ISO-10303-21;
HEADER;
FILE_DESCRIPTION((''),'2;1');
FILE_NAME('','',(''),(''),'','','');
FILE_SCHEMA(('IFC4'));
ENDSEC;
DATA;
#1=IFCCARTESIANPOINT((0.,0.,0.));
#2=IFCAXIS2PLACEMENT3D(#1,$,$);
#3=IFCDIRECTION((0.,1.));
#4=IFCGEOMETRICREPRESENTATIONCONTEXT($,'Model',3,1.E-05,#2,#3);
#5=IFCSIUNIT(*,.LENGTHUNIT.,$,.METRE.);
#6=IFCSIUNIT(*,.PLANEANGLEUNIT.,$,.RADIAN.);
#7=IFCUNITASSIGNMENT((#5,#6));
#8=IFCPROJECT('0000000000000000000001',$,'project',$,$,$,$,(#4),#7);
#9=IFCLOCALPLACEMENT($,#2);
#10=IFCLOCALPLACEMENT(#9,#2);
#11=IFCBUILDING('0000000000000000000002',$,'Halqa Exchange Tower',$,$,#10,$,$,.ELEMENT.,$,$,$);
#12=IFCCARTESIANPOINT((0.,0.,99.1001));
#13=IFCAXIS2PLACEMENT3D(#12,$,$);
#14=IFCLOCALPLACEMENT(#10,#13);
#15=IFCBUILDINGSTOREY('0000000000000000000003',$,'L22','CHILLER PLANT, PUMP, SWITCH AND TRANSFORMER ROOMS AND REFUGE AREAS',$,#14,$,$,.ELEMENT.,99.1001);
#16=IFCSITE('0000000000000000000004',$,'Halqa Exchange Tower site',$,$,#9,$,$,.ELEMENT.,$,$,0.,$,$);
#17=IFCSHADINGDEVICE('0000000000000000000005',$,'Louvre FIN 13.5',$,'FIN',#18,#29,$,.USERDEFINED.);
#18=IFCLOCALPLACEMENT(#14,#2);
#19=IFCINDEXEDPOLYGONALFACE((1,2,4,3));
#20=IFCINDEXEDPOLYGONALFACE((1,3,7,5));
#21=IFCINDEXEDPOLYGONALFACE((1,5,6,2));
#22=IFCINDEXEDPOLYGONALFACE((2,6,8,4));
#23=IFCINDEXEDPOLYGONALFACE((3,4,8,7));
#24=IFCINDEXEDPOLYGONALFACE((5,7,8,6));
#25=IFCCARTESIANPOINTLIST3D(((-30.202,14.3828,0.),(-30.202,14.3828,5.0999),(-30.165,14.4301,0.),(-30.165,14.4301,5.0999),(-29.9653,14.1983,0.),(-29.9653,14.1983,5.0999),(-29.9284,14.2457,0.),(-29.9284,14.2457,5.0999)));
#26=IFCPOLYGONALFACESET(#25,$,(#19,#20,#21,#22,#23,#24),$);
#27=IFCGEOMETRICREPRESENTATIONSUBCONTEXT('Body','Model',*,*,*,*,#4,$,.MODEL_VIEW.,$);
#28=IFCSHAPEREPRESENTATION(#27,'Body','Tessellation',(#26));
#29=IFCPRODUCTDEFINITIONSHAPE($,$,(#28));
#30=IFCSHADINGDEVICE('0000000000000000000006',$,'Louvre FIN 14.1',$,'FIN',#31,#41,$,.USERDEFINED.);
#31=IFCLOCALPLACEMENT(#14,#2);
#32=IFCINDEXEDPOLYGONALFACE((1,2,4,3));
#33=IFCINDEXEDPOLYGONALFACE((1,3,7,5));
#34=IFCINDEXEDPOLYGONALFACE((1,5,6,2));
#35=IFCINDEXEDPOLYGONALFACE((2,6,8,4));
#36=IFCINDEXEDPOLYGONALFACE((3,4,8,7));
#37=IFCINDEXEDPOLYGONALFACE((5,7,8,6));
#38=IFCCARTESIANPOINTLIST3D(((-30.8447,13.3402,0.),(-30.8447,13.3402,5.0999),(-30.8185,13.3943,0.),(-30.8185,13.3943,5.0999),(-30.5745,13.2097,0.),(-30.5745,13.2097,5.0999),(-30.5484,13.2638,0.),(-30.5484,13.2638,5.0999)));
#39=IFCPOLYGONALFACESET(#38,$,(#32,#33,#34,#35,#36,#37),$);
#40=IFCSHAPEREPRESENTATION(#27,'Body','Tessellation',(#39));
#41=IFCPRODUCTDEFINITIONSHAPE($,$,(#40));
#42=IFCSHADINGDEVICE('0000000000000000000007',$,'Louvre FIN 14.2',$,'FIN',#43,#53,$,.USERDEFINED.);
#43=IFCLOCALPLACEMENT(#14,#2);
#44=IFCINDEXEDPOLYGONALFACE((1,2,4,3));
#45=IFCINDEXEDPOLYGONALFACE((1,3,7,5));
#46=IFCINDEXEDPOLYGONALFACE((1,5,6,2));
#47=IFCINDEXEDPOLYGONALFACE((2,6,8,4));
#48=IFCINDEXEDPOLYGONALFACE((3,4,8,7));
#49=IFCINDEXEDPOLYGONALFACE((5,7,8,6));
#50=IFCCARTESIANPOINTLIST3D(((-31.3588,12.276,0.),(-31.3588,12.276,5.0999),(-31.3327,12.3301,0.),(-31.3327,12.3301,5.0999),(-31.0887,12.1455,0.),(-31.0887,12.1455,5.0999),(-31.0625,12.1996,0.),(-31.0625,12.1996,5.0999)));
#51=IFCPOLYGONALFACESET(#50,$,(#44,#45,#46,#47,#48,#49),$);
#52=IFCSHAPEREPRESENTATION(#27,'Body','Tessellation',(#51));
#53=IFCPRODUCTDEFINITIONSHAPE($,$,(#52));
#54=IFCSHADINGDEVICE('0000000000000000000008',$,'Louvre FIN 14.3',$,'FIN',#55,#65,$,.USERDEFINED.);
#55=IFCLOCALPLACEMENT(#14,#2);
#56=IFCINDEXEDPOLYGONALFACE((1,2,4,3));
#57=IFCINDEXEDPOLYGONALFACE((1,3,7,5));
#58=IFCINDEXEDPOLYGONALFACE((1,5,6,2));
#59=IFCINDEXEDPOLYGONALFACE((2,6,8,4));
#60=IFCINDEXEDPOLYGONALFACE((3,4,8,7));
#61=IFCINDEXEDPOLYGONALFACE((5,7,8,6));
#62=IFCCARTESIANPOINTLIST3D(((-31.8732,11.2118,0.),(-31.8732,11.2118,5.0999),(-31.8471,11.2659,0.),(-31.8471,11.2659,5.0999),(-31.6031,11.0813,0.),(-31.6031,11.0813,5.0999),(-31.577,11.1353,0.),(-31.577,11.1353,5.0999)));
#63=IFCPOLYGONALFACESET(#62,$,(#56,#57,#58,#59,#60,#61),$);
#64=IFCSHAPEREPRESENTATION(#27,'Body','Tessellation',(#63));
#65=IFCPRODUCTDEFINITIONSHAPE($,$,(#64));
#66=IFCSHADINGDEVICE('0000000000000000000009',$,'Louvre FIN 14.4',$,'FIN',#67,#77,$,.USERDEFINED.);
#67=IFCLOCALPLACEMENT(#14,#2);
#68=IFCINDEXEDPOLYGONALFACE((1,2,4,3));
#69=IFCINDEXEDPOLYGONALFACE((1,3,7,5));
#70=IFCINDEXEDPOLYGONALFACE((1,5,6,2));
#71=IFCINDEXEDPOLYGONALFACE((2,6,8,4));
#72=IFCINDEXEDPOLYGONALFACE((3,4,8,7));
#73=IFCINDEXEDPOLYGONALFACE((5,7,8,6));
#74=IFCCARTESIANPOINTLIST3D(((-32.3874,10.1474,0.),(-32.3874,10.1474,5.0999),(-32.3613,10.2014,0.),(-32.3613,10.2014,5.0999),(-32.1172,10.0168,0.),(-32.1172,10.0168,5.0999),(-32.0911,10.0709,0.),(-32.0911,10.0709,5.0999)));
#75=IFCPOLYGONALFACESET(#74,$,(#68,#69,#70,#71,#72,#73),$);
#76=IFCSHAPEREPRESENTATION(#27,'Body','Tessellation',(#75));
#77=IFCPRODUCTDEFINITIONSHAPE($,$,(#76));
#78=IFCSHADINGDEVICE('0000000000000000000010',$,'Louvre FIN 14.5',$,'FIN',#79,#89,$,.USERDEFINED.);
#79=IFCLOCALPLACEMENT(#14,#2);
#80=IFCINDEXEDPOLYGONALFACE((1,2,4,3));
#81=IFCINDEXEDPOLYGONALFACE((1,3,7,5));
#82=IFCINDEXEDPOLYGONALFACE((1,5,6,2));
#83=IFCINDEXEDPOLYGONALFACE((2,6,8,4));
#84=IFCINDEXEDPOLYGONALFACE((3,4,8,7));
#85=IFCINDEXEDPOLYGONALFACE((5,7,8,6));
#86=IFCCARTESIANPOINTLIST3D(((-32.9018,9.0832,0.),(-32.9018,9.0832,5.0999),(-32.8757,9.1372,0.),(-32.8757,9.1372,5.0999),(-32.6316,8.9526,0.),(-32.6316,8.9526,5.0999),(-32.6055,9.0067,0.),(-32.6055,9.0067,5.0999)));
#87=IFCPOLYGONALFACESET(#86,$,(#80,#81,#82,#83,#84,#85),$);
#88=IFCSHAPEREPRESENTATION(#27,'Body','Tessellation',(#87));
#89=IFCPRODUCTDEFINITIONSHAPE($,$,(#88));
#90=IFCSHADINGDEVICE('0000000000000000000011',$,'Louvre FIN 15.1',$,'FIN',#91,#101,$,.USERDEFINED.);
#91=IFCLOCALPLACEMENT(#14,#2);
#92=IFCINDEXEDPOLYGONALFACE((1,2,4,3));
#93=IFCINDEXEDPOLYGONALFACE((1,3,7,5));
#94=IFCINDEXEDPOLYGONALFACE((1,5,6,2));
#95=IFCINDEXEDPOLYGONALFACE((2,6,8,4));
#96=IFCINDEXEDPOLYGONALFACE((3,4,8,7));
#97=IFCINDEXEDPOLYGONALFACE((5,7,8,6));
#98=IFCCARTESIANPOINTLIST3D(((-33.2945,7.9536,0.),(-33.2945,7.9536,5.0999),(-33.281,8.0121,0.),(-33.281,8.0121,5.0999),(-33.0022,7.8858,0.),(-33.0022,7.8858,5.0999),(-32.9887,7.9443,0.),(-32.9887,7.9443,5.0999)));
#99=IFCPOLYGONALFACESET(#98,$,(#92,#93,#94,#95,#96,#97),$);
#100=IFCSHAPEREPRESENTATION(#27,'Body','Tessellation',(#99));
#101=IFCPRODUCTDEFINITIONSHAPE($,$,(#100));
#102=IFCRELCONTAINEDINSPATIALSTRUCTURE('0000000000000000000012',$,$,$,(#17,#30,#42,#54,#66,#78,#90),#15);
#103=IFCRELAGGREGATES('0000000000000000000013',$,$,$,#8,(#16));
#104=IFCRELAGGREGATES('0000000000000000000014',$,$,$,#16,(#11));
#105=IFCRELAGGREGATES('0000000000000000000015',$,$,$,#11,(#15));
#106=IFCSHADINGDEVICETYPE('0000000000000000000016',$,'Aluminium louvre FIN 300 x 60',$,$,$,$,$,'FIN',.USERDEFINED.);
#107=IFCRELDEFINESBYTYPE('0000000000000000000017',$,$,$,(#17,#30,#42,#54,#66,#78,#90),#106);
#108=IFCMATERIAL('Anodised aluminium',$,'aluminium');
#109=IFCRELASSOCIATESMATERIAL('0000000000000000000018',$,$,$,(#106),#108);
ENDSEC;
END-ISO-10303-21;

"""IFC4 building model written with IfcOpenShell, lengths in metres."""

from ifc_helpers import new_model, si_unit, direction, frame, origin, origin_2d, place, context, subcontext, project, spatial, rectangle, extrude, material, material_profile, profile_set, type_object, element, save


model = new_model("IFC4")

# Units and contexts
model_context = context("Model", 3, precision=1e-05, world=origin(), true_north=direction((0.0, 1.0)))
body_context = subcontext(model_context, "Body", "Model", "MODEL_VIEW")
ifc_project = project(units=[si_unit("LENGTHUNIT", "METRE"), si_unit("PLANEANGLEUNIT", "RADIAN")], contexts=[model_context])

# Site, building, storey
site_placement = place(None, origin())
site = spatial("IfcSite", under=ifc_project, at=site_placement, Name="Halqa Exchange Tower site", CompositionType="ELEMENT", RefElevation=0.0)
building_placement = place(site_placement, origin())
building = spatial("IfcBuilding", under=site, at=building_placement, Name="Halqa Exchange Tower", CompositionType="ELEMENT")
storey_placement = place(building_placement, frame((0.0, 0.0, 99.1001)))
storey = spatial("IfcBuildingStorey", under=building, at=storey_placement, Name="L22", Description="CHILLER PLANT, PUMP, SWITCH AND TRANSFORMER ROOMS AND REFUGE AREAS", CompositionType="ELEMENT", Elevation=99.1001)

# Shading devices
ifc_material_1 = material(Name="Anodised aluminium", Category="aluminium")
ifc_material_profile_1 = material_profile(ifc_material_1, rectangle(XDim=0.3, YDim=0.0601, at=origin_2d()), Name="AL FIN 300x60")
ifc_profile_set_1 = profile_set([ifc_material_profile_1], Name="Anodised aluminium")
shading_device_type = type_object("IfcShadingDeviceType", Name="Aluminium louvre FIN 300 x 60", ElementType="FIN", PredefinedType="USERDEFINED", material=ifc_profile_set_1)
for number, where, z_axis, x_axis, name in (
    (1, (-30.0652, 14.3142, 0.0), (0.0, 0.0, 1.0), (0.788675, -0.61481, 0.0), "Louvre FIN 13.5"),
    (2, (-30.6965, 13.302, 0.0), (0.0, 0.0, 1.0), (0.900384, -0.435096, 0.0), "Louvre FIN 14.1"),
    (3, (-31.2107, 12.2378, 0.0), (0.0, 0.0, 1.0), (0.900384, -0.435096, 0.0), "Louvre FIN 14.2"),
    (4, (-31.7251, 11.1736, 0.0), (0.0, 0.0, 1.0), (0.900384, -0.435096, 0.0), "Louvre FIN 14.3"),
    (5, (-32.2393, 10.1091, 0.0), (0.0, 0.0, 1.0), (0.900384, -0.435096, 0.0), "Louvre FIN 14.4"),
    (6, (-32.7537, 9.0449, 0.0), (0.0, 0.0, 1.0), (0.900384, -0.435096, 0.0), "Louvre FIN 14.5"),
    (7, (-33.1416, 7.949, 0.0), (0.0, 0.0, 1.0), (0.974112, -0.226066, 0.0), "Louvre FIN 15.1"),
):
    element("IfcShadingDevice", number, at=place(storey_placement, frame(where, z_axis=z_axis, x_axis=x_axis)), inside=storey, type_object=shading_device_type, Name=name, ObjectType="FIN", PredefinedType="USERDEFINED", context=body_context, shape_type="SweptSolid", body=[
        extrude(rectangle(XDim=0.3, YDim=0.0601, at=origin_2d()), origin(), (0.0, 0.0, 1.0), 5.0999),
    ])

save(model, "model.ifc")
